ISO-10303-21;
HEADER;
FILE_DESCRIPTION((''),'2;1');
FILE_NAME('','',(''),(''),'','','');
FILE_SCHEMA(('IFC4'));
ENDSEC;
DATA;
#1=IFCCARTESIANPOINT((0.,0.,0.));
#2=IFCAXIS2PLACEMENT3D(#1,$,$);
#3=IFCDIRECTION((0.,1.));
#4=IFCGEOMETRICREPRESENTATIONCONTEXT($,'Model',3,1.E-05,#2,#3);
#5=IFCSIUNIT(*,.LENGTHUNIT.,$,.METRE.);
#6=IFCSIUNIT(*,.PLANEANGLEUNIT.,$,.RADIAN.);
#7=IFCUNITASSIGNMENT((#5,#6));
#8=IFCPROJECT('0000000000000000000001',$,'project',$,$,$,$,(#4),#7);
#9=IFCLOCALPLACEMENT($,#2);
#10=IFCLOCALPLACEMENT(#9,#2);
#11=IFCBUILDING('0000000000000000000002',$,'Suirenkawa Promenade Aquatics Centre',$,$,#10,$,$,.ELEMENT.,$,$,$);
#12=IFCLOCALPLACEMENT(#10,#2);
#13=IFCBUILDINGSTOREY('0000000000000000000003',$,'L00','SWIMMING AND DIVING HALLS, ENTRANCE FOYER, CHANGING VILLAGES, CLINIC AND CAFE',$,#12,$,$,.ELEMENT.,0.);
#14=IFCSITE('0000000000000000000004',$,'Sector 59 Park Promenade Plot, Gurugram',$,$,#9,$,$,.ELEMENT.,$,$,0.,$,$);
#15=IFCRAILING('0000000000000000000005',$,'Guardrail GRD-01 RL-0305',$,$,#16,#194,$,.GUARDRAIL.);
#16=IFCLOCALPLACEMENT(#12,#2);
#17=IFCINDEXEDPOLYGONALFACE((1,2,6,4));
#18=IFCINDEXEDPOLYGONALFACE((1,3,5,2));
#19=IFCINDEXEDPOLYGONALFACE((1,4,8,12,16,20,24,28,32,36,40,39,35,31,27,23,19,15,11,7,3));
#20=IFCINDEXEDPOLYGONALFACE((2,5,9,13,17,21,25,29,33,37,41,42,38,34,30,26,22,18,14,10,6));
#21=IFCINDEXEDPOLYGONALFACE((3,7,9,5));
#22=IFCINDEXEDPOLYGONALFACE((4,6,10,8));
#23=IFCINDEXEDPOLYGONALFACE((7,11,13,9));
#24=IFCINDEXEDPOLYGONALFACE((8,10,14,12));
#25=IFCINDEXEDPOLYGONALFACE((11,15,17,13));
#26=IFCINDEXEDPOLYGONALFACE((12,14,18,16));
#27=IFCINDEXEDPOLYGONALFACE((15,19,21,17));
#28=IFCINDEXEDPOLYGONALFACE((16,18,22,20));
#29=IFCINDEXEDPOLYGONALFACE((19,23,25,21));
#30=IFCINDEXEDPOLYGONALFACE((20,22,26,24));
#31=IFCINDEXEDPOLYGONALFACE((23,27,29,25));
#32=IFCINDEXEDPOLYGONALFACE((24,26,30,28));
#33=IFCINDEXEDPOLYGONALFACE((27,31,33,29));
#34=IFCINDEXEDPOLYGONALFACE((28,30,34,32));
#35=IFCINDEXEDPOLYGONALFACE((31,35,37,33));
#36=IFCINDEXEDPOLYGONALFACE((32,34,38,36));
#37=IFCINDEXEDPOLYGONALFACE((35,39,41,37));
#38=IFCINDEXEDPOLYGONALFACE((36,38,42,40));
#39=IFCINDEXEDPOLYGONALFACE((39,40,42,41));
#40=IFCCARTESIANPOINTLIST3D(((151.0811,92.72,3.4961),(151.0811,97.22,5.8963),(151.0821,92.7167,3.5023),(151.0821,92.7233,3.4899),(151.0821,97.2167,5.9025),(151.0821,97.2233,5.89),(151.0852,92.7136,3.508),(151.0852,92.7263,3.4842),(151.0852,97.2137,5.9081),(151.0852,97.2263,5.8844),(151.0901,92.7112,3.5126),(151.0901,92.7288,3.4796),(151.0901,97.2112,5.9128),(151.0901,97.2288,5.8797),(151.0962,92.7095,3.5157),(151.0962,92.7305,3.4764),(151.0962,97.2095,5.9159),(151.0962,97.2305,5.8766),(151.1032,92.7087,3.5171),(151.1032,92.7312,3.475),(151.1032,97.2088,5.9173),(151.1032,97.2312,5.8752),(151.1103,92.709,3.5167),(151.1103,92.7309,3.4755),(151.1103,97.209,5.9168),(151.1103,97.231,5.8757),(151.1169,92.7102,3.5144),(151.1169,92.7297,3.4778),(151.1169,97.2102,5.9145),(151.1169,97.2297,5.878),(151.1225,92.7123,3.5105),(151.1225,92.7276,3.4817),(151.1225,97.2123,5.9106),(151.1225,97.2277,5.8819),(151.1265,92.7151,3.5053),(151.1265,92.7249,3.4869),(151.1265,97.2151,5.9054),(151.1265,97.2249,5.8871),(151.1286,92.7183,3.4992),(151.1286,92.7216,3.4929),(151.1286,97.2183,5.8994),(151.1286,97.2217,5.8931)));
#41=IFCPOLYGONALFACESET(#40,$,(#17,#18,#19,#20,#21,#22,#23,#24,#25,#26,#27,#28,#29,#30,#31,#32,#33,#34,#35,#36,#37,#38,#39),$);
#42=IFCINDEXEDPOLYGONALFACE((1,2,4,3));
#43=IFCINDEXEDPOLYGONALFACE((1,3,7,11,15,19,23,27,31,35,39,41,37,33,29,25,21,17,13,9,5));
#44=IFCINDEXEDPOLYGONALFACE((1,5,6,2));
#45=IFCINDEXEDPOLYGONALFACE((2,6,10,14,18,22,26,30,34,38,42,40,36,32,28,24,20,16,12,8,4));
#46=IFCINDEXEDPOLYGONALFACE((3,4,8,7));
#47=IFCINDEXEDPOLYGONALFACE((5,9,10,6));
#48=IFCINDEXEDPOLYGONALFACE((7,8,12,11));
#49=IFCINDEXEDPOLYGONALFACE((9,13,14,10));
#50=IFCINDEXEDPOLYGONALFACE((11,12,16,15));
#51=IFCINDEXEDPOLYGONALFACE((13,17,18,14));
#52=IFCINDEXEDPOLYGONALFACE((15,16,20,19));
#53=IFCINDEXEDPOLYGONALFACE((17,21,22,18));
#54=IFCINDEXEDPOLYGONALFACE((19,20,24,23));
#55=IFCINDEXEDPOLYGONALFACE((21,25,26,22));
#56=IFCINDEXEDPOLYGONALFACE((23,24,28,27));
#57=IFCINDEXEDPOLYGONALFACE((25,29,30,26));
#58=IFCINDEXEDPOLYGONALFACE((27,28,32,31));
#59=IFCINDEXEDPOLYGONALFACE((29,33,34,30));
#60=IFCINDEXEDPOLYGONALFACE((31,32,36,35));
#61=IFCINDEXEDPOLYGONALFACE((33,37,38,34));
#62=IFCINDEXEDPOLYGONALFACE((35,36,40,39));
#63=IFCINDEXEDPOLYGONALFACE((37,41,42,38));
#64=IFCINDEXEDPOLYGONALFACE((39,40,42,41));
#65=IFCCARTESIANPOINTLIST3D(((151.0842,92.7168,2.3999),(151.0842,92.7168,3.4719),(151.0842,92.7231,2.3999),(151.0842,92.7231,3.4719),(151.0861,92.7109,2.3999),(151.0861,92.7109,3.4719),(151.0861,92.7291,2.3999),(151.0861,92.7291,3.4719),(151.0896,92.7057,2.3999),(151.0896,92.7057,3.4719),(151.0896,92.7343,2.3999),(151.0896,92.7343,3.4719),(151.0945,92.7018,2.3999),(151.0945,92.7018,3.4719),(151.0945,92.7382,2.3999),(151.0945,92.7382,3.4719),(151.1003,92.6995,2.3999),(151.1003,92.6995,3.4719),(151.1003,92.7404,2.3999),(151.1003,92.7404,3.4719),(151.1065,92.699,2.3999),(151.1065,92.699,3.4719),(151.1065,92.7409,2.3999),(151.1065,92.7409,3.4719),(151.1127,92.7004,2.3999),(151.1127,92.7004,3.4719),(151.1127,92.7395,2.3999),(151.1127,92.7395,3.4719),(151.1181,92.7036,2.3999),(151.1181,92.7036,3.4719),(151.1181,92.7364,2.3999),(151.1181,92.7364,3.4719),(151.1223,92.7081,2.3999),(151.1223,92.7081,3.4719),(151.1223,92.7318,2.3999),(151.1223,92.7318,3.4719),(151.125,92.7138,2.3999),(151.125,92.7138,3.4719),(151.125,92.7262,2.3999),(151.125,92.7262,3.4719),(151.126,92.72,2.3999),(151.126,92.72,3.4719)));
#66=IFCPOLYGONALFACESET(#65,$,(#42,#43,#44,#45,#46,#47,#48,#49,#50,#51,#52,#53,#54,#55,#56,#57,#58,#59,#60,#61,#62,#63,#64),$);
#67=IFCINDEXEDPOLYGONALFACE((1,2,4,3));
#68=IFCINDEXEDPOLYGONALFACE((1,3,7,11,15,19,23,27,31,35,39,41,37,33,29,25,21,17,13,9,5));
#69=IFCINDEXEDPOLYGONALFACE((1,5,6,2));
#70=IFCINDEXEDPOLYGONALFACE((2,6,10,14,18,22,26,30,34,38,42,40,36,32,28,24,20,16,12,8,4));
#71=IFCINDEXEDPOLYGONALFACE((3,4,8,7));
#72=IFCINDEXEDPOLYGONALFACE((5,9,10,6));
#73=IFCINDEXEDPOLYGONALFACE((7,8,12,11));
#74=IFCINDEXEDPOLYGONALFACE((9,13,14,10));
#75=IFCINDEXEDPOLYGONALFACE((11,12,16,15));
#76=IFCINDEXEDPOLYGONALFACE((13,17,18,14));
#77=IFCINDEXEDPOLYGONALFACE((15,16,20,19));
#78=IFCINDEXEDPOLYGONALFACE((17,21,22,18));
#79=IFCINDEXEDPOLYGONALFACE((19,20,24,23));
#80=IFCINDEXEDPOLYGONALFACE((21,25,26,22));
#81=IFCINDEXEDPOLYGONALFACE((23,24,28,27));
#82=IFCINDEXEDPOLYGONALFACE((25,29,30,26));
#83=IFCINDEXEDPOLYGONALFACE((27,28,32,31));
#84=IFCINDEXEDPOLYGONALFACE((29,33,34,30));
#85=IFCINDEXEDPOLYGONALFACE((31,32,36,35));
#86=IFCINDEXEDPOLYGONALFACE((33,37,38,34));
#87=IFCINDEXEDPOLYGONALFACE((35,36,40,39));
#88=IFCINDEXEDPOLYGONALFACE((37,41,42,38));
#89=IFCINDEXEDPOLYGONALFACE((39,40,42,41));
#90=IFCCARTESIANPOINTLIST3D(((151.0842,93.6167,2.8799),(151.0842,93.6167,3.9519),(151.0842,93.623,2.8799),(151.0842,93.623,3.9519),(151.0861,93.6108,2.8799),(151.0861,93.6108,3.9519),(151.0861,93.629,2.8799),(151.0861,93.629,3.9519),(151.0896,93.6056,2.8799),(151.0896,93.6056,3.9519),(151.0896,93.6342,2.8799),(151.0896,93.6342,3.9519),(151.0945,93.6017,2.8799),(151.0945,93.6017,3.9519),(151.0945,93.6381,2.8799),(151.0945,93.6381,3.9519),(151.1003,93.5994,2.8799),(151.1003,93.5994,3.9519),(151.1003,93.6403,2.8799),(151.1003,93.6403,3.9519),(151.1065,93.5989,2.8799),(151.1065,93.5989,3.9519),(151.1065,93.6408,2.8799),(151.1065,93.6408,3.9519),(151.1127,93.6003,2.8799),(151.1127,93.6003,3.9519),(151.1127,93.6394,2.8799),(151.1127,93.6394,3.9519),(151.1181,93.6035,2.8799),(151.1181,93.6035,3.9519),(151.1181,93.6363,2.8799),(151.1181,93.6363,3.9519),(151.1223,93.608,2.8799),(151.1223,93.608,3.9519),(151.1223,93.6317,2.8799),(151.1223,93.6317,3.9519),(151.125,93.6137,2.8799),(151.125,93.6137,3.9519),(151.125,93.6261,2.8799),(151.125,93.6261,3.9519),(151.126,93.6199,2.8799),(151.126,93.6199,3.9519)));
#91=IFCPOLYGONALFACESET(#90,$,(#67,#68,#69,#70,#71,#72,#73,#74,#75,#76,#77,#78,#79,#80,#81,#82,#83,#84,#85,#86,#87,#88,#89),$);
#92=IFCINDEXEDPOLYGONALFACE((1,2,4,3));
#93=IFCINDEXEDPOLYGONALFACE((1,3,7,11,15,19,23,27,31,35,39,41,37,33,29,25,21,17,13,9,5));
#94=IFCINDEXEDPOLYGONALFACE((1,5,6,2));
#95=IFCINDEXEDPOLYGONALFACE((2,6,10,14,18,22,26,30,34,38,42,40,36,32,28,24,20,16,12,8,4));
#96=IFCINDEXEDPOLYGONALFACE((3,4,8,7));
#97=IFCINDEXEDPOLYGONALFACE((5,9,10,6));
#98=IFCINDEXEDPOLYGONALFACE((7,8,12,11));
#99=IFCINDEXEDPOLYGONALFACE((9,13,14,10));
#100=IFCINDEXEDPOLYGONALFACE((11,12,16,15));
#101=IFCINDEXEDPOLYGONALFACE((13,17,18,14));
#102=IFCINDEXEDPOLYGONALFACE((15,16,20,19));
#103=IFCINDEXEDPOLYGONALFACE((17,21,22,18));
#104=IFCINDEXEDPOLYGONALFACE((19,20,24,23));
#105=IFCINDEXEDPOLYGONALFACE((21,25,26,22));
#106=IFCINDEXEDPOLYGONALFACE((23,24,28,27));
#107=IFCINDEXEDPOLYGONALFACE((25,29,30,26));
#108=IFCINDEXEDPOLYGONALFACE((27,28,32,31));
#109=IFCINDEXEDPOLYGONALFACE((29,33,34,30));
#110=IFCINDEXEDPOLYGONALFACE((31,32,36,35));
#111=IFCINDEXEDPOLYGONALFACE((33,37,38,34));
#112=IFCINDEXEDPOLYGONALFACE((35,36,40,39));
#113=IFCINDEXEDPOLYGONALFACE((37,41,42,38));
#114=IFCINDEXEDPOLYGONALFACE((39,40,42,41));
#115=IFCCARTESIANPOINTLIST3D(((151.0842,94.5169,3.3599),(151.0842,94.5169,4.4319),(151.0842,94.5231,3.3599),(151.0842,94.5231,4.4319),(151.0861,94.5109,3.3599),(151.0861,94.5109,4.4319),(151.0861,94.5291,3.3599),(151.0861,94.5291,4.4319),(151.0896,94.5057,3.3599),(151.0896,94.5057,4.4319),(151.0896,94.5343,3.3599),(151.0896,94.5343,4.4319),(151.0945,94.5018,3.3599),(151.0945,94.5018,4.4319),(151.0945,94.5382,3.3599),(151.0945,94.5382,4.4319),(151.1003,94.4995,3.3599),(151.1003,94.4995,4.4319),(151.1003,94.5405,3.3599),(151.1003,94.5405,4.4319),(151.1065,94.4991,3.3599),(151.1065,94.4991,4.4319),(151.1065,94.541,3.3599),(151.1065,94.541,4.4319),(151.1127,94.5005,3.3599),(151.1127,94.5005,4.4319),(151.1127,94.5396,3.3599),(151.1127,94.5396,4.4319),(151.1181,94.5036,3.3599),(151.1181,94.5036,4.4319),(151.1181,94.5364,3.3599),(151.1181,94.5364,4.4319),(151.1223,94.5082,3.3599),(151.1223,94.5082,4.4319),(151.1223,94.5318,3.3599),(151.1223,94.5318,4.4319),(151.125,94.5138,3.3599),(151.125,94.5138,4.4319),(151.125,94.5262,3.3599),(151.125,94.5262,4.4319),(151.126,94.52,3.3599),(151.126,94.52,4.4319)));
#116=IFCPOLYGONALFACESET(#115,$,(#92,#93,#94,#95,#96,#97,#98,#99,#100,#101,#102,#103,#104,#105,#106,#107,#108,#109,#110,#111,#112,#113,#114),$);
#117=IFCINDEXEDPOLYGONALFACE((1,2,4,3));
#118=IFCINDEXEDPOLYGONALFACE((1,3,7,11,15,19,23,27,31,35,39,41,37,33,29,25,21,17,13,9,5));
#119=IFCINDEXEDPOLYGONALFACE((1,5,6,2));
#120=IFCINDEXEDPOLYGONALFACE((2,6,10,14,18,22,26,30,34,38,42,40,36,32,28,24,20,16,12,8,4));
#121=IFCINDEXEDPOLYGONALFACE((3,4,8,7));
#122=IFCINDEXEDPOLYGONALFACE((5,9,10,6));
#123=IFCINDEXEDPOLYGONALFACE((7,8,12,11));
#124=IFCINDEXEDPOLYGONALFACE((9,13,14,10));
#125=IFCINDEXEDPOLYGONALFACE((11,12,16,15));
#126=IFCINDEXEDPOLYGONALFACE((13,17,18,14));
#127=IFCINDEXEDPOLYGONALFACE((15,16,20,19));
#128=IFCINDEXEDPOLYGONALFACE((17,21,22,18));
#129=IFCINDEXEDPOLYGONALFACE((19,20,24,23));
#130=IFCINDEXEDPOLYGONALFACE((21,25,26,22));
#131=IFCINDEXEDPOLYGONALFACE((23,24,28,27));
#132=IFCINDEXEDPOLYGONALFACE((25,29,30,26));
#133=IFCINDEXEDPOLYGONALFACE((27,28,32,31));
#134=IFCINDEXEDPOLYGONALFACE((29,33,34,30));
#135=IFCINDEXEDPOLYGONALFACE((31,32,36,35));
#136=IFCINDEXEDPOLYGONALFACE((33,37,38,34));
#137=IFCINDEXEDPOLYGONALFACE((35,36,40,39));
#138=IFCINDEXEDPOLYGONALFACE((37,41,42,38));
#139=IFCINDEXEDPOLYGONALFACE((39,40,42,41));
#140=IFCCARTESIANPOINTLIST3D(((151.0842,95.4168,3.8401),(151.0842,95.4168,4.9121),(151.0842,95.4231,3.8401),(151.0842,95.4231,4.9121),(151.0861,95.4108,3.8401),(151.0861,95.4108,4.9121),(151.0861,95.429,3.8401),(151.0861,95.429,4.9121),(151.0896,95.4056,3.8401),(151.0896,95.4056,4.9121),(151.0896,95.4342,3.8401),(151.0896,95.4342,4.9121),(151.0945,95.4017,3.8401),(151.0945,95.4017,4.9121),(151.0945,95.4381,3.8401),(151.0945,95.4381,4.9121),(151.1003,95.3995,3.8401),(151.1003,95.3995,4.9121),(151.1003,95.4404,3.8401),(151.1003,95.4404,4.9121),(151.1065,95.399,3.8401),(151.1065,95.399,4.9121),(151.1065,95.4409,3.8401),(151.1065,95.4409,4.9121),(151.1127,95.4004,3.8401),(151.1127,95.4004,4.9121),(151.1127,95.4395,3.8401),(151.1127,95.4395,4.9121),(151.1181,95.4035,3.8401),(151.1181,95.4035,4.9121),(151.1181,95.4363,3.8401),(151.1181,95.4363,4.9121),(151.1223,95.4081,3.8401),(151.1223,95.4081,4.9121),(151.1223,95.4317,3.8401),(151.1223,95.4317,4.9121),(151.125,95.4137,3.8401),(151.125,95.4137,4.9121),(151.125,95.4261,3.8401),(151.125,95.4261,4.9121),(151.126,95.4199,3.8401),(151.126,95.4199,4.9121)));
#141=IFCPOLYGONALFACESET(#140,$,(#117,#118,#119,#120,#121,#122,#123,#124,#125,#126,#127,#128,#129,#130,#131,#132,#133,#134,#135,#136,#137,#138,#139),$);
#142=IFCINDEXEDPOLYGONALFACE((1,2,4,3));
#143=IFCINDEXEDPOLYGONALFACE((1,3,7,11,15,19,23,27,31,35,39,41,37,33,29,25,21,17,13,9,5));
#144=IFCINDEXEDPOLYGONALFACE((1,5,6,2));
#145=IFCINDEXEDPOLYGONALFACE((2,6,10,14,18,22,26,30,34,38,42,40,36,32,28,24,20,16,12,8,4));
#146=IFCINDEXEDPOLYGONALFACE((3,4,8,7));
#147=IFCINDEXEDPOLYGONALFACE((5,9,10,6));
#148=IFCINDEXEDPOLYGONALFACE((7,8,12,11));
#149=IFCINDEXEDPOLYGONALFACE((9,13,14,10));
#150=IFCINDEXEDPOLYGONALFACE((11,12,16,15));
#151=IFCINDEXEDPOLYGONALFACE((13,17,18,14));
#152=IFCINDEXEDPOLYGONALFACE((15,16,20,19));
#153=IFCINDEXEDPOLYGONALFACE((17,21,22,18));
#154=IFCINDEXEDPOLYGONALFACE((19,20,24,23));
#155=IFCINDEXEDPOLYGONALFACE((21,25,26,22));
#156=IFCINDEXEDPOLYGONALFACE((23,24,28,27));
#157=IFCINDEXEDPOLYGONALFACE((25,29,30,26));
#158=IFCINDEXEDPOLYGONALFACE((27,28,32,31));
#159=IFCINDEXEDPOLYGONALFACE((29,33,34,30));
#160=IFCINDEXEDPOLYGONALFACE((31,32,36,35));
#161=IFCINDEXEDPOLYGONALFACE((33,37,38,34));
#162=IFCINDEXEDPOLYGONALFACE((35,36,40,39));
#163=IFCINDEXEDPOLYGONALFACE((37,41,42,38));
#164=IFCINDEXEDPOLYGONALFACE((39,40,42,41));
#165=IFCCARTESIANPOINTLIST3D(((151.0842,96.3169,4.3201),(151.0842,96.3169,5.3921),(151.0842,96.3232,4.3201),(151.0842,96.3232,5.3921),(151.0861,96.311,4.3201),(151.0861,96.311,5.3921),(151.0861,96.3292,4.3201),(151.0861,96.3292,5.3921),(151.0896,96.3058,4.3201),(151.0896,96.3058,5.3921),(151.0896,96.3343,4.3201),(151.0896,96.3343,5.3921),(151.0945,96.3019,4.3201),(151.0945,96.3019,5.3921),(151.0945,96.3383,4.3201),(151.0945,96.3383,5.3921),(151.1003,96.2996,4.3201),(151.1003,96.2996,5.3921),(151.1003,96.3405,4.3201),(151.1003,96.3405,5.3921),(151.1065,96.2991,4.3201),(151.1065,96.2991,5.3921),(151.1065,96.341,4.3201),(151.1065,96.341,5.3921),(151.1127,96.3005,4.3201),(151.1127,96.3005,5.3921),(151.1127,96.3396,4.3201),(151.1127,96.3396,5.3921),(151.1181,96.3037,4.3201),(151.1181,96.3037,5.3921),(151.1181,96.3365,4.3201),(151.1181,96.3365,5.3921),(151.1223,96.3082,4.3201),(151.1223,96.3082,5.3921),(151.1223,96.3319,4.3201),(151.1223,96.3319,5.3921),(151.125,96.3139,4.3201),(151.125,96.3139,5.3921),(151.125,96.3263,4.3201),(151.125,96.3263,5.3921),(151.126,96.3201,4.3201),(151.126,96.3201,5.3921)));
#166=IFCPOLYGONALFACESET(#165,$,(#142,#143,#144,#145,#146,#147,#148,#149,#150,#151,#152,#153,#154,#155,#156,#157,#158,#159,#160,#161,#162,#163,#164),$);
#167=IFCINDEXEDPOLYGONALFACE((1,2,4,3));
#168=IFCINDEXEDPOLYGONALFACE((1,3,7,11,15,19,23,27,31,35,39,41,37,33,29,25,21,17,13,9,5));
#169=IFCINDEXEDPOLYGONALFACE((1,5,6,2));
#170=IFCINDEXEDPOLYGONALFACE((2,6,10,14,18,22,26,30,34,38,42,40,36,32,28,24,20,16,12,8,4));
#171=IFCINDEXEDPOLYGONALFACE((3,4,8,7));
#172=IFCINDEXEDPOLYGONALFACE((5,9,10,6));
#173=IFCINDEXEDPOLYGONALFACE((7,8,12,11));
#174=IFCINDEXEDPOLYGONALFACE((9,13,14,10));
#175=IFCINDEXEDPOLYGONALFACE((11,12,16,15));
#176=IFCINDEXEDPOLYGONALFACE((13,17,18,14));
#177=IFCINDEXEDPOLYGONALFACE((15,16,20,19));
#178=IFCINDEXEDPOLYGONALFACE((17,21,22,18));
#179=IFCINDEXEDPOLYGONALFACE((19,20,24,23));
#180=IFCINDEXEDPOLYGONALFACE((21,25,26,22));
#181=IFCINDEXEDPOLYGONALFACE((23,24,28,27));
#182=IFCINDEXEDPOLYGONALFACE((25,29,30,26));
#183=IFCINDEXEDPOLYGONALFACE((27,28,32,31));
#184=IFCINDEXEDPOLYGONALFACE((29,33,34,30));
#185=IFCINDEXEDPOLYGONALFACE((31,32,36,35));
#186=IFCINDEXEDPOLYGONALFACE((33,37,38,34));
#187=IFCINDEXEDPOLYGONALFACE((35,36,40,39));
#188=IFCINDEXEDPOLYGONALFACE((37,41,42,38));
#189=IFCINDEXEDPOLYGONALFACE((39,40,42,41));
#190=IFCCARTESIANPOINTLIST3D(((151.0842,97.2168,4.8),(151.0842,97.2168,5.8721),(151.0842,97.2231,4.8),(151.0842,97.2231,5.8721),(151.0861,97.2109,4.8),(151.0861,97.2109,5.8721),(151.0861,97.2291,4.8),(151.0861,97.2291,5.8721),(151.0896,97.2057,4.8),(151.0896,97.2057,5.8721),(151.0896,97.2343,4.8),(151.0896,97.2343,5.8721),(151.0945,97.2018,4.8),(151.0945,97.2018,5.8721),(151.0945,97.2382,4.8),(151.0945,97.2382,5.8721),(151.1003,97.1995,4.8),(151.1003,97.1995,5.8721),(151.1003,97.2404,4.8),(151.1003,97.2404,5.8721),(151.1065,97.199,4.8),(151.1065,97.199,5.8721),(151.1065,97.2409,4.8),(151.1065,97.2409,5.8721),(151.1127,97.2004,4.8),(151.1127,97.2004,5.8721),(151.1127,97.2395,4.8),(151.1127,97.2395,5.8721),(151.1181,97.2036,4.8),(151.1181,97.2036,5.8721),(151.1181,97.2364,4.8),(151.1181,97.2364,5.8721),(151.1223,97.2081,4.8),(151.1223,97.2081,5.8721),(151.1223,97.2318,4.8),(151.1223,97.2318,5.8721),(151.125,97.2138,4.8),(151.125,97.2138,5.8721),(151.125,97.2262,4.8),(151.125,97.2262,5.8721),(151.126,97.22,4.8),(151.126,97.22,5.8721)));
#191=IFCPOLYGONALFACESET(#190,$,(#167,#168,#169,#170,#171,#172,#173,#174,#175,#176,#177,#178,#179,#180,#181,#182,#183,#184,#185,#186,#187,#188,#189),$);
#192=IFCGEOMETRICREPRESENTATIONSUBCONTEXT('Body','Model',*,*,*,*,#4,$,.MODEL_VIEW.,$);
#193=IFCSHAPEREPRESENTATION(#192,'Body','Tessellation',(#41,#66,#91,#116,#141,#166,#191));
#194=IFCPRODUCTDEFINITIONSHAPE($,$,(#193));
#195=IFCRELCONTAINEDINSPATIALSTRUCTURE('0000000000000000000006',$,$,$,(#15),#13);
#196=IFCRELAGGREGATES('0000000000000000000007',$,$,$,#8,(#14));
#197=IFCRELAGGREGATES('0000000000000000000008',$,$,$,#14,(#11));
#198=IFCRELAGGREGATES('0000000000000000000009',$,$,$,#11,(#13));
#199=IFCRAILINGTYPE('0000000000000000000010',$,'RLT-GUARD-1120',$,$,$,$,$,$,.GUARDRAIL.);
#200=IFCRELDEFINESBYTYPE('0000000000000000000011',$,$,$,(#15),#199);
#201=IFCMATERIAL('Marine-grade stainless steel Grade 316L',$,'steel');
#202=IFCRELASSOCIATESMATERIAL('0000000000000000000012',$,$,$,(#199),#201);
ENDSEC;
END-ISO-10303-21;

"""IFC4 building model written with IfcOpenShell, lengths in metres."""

from ifc_helpers import new_model, si_unit, direction, frame, origin, origin_2d, place, context, subcontext, project, spatial, circle, extrude, material, type_object, element, save


model = new_model("IFC4")

# Units and contexts
model_context = context("Model", 3, precision=1e-05, world=origin(), true_north=direction((0.0, 1.0)))
body_context = subcontext(model_context, "Body", "Model", "MODEL_VIEW")
ifc_project = project(units=[si_unit("LENGTHUNIT", "METRE"), si_unit("PLANEANGLEUNIT", "RADIAN")], contexts=[model_context])

# Site, building, storey
site_placement = place(None, origin())
site = spatial("IfcSite", under=ifc_project, at=site_placement, Name="Sector 59 Park Promenade Plot, Gurugram", CompositionType="ELEMENT", RefElevation=0.0)
building_placement = place(site_placement, origin())
building = spatial("IfcBuilding", under=site, at=building_placement, Name="Suirenkawa Promenade Aquatics Centre", CompositionType="ELEMENT")
storey_placement = place(building_placement, origin())
storey = spatial("IfcBuildingStorey", under=building, at=storey_placement, Name="L00", Description="SWIMMING AND DIVING HALLS, ENTRANCE FOYER, CHANGING VILLAGES, CLINIC AND CAFE", CompositionType="ELEMENT", Elevation=0.0)

# Railing
ifc_material_1 = material(Name="Marine-grade stainless steel Grade 316L", Category="steel")
railing_type_1 = type_object("IfcRailingType", Name="RLT-GUARD-1120", PredefinedType="GUARDRAIL", material=ifc_material_1)
for number, where, name in (
    (1, (151.105, 92.72, 2.3999), "Guardrail GRD-01 RL-0305"),
):
    element("IfcRailing", number, at=place(storey_placement, frame(where)), inside=storey, type_object=railing_type_1, Name=name, PredefinedType="GUARDRAIL", context=body_context, shape_type="SweptSolid", body=[
        extrude(circle(Radius=0.0239, at=origin_2d()), frame((0.0, 0.0, 1.0962), z_axis=(0.0, 0.882341, 0.470611), x_axis=(-1.0, 0.0, 0.0)), (0.0, 0.0, 1.0), 5.1001),
        extrude(circle(Radius=0.021, at=origin_2d()), origin(), (0.0, 0.0, 1.0), 1.072),
        extrude(circle(Radius=0.021, at=origin_2d()), frame((0.0, 0.8999, 0.48)), (0.0, 0.0, 1.0), 1.072),
        extrude(circle(Radius=0.021, at=origin_2d()), frame((0.0, 1.8, 0.96)), (0.0, 0.0, 1.0), 1.072),
        extrude(circle(Radius=0.021, at=origin_2d()), frame((0.0, 2.7, 1.4402)), (0.0, 0.0, 1.0), 1.072),
        extrude(circle(Radius=0.021, at=origin_2d()), frame((0.0, 3.6001, 1.9202)), (0.0, 0.0, 1.0), 1.072),
        extrude(circle(Radius=0.021, at=origin_2d()), frame((0.0, 4.5, 2.4001)), (0.0, 0.0, 1.0), 1.072),
    ])

save(model, "model.ifc")
